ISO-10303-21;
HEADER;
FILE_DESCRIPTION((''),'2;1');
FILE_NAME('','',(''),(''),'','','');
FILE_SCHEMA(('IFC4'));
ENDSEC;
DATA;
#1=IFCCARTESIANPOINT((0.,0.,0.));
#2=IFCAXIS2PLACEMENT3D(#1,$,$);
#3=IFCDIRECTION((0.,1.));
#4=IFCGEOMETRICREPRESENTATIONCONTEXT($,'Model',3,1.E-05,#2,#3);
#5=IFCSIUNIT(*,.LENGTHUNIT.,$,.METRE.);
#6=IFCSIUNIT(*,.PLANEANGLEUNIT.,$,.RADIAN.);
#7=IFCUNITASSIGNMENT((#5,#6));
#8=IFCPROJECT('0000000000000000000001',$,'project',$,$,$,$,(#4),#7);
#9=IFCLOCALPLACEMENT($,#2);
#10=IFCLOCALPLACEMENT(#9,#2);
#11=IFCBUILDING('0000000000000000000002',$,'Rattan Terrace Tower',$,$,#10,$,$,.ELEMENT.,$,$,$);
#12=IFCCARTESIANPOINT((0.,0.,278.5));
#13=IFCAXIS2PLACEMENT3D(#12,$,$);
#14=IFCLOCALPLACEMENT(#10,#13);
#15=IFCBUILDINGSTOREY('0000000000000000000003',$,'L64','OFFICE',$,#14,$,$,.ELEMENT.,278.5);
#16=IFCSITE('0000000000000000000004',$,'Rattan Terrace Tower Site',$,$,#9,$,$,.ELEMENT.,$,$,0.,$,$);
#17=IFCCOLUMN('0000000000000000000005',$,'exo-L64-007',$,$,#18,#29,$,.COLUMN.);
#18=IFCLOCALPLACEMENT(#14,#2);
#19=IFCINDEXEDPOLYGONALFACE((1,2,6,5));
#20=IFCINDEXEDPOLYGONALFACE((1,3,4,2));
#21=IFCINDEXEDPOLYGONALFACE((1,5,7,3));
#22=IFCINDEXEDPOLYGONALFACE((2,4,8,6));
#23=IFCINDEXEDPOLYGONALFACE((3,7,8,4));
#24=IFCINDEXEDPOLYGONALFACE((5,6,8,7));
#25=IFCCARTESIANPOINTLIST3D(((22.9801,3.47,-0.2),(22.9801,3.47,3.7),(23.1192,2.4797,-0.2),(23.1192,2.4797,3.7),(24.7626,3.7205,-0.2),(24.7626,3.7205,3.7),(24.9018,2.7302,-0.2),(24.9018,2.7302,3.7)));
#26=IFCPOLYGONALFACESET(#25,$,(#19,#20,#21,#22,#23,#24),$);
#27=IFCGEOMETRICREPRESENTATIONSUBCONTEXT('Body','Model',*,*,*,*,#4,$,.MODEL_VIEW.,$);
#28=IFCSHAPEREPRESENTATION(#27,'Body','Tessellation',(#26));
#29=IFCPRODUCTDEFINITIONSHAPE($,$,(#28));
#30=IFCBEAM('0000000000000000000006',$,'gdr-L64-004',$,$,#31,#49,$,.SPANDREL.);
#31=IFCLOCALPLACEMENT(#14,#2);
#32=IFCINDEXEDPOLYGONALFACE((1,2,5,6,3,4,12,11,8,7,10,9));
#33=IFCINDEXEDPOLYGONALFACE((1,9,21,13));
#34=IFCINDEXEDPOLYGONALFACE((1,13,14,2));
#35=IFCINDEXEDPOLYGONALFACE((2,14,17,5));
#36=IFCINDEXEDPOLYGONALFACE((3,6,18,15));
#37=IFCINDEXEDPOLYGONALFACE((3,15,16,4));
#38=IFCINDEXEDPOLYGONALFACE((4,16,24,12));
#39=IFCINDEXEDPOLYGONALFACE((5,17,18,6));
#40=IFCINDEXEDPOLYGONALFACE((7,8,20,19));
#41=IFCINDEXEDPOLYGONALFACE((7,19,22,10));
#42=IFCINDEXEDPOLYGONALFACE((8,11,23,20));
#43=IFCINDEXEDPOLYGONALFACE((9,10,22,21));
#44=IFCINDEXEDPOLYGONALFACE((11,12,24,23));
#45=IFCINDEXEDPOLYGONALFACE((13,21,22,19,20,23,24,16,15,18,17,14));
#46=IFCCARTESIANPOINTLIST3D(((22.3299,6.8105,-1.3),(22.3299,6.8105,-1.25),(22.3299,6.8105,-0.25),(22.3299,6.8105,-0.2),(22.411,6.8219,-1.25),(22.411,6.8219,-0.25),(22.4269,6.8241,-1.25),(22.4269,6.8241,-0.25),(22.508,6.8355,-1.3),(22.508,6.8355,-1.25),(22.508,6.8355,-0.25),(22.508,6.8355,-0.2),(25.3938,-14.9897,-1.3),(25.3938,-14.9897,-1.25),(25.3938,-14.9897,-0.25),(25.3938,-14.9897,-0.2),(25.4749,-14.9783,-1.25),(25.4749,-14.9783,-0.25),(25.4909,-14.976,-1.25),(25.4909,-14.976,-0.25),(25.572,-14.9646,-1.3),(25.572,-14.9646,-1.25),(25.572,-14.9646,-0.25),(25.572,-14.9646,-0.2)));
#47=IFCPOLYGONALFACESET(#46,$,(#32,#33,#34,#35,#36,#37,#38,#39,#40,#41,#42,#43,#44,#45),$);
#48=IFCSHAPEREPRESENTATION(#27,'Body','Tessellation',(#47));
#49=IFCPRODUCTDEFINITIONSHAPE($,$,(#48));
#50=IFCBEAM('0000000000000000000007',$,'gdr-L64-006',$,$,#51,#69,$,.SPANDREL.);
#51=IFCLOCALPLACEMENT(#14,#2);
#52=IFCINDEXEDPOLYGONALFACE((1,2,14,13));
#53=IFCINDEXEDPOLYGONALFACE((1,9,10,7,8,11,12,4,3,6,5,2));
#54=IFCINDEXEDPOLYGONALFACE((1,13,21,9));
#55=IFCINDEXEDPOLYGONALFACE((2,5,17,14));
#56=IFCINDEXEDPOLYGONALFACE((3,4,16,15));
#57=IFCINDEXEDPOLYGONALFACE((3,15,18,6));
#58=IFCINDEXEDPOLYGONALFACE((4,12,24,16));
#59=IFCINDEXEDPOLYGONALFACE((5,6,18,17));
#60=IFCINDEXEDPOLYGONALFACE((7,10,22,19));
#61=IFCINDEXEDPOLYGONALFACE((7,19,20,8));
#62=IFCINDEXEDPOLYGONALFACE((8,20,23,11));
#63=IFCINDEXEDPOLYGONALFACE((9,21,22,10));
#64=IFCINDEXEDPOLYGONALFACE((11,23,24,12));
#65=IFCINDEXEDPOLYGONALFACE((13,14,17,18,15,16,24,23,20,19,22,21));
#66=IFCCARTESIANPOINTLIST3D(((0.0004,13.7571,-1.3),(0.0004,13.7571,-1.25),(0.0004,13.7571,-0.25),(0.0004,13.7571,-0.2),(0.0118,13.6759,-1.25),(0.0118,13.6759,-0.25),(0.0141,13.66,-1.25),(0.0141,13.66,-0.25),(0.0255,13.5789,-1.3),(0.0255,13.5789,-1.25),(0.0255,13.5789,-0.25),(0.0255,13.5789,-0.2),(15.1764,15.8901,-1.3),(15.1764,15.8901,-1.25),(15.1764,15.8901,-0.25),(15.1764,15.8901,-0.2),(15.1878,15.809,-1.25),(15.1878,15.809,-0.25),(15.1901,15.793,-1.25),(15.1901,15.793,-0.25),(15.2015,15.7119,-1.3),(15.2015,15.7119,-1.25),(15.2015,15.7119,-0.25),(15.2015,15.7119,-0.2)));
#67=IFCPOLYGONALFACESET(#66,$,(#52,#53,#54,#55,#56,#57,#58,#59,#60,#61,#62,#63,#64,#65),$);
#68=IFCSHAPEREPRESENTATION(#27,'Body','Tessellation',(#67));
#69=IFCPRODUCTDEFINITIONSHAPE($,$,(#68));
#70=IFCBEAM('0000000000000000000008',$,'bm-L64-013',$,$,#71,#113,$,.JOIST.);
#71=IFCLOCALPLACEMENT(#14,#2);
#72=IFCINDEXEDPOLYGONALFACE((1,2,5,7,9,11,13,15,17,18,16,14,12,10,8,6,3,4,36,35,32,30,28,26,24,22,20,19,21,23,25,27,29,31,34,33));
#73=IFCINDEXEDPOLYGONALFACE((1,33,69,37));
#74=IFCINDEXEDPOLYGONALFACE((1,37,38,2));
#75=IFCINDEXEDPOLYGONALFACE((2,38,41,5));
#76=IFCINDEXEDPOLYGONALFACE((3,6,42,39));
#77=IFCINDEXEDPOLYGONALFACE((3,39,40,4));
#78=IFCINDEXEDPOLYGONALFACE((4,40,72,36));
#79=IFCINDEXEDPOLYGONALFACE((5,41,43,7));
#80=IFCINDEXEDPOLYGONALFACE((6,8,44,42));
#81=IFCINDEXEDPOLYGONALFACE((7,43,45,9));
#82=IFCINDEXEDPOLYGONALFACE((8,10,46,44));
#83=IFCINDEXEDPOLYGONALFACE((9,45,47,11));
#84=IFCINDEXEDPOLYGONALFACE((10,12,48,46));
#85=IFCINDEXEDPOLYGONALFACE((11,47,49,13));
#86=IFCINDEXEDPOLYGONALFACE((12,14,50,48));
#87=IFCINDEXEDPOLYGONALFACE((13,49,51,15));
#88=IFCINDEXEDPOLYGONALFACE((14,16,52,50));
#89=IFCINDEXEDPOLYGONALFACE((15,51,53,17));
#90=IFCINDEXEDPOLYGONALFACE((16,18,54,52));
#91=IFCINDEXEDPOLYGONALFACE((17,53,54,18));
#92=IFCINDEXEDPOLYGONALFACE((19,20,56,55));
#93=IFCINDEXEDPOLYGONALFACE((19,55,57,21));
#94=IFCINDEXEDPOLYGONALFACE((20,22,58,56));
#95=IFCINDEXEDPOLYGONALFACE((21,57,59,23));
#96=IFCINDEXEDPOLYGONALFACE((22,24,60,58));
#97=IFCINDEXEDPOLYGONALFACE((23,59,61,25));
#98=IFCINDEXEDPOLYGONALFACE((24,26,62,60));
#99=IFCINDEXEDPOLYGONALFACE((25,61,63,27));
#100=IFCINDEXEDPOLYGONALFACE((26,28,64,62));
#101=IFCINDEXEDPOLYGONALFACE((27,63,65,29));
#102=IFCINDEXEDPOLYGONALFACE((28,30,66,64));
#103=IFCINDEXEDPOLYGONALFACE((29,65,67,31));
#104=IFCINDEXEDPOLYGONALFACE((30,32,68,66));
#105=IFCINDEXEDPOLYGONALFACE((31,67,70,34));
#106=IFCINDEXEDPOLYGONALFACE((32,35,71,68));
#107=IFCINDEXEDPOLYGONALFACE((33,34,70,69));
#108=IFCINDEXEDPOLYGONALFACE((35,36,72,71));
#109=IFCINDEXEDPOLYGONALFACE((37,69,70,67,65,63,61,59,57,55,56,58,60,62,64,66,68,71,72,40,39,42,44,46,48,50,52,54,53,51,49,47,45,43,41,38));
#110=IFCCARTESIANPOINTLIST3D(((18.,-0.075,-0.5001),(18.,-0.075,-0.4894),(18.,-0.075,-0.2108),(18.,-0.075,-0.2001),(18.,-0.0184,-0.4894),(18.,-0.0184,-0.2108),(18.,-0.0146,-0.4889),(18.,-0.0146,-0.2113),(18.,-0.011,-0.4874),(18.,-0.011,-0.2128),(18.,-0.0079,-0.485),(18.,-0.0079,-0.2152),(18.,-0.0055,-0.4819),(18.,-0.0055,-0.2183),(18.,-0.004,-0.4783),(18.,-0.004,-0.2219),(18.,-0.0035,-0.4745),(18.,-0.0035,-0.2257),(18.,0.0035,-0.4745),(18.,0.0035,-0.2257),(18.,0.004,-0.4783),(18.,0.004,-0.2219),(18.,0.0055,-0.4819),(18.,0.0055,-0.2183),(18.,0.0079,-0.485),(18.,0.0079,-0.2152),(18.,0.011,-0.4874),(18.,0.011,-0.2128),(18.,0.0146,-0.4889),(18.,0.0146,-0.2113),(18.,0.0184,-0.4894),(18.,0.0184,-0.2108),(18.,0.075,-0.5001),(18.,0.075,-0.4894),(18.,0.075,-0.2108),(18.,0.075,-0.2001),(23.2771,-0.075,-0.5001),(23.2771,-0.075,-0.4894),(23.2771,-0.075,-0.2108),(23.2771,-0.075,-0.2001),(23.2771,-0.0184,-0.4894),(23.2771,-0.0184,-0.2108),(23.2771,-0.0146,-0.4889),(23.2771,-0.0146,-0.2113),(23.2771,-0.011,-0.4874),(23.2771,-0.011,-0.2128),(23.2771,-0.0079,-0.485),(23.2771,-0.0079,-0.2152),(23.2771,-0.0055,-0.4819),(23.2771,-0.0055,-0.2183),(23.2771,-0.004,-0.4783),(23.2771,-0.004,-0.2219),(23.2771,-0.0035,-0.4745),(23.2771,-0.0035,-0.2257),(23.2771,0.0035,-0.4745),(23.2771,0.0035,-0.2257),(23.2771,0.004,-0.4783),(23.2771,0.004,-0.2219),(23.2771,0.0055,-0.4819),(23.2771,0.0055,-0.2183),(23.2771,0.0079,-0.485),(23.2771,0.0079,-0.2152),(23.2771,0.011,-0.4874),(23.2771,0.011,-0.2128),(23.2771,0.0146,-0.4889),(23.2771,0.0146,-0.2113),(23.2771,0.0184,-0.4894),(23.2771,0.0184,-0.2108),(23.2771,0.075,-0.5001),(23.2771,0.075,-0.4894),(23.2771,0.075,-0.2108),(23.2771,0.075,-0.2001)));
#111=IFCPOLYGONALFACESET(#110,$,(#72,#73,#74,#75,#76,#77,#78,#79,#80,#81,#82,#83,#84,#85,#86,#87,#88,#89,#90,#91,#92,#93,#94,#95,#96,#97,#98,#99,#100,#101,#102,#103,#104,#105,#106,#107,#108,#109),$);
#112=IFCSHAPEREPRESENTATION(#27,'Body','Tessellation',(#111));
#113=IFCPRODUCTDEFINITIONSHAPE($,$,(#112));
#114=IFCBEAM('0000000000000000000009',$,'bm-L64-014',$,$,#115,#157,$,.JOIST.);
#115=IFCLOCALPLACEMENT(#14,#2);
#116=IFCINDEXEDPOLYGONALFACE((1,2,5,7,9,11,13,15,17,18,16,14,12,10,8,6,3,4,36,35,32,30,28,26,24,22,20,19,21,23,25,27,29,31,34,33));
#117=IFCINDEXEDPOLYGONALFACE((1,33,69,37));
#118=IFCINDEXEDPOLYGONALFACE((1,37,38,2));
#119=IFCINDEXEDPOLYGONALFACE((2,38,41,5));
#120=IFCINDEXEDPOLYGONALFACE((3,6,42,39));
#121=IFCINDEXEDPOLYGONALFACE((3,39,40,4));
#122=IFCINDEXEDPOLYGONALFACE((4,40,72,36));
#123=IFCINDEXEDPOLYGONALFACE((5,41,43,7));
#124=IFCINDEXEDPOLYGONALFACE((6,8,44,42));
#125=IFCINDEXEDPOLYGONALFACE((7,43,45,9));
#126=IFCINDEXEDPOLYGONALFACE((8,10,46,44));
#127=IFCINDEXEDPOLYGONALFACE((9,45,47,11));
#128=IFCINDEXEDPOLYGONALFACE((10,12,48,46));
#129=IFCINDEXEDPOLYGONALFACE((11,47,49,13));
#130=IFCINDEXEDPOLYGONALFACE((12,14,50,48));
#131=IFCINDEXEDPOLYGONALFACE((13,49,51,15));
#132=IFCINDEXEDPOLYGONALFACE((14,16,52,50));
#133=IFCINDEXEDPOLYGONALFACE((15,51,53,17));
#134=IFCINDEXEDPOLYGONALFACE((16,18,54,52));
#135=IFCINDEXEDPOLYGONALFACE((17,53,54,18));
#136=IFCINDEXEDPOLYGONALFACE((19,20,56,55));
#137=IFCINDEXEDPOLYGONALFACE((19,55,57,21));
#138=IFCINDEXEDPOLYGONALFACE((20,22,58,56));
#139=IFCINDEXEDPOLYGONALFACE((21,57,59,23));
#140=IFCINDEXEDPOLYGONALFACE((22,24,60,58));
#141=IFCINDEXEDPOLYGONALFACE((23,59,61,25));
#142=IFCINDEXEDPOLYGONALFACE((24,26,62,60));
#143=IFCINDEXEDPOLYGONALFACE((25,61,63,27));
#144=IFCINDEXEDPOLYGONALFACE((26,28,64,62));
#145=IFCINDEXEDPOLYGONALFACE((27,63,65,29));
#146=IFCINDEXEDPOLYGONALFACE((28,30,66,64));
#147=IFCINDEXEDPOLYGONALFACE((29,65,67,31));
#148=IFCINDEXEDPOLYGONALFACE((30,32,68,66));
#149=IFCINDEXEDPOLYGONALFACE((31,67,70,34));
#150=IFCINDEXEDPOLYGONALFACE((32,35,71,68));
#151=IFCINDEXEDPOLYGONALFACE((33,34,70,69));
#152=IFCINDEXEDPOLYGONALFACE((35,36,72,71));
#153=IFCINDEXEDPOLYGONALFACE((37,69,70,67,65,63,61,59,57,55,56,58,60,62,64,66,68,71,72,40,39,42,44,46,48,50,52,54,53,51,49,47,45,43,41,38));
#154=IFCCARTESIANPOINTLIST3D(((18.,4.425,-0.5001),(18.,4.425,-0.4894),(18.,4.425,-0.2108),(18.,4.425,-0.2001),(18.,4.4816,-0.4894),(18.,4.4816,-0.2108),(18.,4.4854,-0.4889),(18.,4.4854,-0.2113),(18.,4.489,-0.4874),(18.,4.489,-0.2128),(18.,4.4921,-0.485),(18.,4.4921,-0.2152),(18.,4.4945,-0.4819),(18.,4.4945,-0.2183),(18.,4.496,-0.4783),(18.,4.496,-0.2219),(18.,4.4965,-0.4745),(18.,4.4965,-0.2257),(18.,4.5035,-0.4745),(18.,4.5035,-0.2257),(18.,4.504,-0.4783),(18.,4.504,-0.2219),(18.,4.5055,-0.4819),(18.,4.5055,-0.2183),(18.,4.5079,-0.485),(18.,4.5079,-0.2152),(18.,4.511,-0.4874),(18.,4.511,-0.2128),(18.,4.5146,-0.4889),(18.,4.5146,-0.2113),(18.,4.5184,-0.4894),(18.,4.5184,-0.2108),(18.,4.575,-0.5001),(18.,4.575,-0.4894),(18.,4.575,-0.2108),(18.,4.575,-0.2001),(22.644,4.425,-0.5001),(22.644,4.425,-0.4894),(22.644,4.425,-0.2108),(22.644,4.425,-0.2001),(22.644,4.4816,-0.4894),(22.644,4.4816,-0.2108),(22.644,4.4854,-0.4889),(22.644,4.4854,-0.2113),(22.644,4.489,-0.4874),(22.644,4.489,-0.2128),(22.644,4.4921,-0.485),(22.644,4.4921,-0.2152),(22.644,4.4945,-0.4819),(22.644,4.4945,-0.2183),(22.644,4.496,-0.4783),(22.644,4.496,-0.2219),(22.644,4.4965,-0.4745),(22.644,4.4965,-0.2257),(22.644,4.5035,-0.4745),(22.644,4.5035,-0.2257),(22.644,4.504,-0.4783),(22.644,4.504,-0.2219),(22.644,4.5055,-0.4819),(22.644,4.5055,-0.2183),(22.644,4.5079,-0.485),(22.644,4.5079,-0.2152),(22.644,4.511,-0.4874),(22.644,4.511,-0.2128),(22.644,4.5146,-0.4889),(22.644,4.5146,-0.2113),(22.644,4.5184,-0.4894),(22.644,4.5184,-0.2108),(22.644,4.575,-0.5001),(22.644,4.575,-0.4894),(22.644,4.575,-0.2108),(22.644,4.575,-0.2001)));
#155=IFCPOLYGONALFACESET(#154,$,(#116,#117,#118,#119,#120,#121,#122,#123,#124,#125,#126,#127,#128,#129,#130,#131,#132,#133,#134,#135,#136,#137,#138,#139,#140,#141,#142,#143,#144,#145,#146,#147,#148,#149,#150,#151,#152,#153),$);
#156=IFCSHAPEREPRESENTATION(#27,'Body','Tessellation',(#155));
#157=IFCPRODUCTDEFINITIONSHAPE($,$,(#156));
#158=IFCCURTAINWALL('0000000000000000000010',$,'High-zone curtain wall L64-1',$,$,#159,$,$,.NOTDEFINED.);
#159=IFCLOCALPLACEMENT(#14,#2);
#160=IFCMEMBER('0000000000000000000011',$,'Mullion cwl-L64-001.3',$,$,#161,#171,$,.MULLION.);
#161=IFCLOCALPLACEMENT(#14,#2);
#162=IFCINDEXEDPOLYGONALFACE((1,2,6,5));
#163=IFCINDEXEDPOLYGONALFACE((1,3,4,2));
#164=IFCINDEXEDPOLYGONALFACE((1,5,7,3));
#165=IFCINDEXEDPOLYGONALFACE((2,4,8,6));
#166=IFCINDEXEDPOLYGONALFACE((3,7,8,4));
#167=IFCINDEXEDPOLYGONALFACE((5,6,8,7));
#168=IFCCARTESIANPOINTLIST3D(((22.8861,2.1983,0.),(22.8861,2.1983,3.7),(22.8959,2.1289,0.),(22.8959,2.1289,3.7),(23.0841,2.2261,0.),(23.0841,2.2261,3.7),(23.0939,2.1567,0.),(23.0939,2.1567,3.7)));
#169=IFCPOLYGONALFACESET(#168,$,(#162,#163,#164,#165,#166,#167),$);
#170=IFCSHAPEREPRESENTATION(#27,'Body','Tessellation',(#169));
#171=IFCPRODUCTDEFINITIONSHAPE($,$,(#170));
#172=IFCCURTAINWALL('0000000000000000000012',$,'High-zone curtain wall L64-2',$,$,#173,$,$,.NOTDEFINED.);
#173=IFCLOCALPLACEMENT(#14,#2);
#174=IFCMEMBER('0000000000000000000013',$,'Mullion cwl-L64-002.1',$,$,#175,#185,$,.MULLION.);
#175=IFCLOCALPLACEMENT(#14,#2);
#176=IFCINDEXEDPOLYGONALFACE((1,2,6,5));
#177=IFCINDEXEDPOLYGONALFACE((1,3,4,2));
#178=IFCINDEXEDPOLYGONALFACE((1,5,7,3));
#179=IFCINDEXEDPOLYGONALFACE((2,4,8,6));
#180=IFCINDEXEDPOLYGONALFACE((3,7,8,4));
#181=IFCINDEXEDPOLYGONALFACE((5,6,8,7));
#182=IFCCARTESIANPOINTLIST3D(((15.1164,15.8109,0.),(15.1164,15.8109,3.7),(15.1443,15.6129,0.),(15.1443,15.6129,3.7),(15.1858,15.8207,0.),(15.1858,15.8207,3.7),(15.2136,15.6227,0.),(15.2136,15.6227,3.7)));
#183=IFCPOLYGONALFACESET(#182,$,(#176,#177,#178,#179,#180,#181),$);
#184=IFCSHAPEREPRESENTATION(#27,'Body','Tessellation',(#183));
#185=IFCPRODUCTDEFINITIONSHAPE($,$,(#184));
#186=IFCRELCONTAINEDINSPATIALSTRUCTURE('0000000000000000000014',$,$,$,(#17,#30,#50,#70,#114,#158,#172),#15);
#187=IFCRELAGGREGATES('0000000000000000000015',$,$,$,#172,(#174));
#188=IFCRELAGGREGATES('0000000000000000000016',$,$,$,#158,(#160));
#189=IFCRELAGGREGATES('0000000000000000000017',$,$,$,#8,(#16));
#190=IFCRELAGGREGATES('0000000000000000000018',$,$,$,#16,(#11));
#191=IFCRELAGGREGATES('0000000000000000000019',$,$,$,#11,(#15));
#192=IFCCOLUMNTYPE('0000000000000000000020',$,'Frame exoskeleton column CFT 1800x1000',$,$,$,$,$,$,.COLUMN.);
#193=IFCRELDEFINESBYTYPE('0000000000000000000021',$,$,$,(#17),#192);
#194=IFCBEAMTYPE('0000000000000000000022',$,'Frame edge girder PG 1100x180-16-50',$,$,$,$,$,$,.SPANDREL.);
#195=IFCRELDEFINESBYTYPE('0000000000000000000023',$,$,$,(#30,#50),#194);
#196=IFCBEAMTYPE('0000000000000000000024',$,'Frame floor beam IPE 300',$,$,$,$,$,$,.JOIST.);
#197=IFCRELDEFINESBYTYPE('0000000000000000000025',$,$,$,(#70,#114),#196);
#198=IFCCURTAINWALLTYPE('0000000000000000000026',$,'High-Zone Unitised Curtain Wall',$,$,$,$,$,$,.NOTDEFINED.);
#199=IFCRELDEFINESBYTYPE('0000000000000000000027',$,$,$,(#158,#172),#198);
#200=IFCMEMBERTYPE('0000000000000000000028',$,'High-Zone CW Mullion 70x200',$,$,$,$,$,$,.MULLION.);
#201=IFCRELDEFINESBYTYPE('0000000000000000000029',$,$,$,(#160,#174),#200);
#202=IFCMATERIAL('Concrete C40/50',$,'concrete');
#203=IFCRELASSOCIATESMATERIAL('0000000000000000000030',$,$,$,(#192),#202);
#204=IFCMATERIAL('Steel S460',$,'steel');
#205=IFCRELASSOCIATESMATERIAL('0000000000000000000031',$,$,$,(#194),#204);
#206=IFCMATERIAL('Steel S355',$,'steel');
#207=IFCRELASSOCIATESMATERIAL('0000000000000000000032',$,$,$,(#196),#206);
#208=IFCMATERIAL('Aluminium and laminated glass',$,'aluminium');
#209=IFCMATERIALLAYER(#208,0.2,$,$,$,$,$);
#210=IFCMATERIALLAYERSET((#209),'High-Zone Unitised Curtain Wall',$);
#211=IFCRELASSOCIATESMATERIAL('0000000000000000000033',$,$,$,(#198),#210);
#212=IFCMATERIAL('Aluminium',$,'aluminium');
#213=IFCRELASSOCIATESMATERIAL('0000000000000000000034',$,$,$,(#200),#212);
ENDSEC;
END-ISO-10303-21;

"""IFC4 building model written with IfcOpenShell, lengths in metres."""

from ifc_helpers import new_model, si_unit, direction, frame, origin, origin_2d, place, context, subcontext, project, spatial, rectangle, i_section, extrude, material, layer, layer_set, material_profile, profile_set, type_object, element, aggregate, save


model = new_model("IFC4")

# Units and contexts
model_context = context("Model", 3, precision=1e-05, world=origin(), true_north=direction((0.0, 1.0)))
body_context = subcontext(model_context, "Body", "Model", "MODEL_VIEW")
ifc_project = project(units=[si_unit("LENGTHUNIT", "METRE"), si_unit("PLANEANGLEUNIT", "RADIAN")], contexts=[model_context])

# Site, building, storey
site_placement = place(None, origin())
site = spatial("IfcSite", under=ifc_project, at=site_placement, Name="Rattan Terrace Tower Site", CompositionType="ELEMENT", RefElevation=0.0)
building_placement = place(site_placement, origin())
building = spatial("IfcBuilding", under=site, at=building_placement, Name="Rattan Terrace Tower", CompositionType="ELEMENT")
storey_placement = place(building_placement, frame((0.0, 0.0, 278.5)))
storey = spatial("IfcBuildingStorey", under=building, at=storey_placement, Name="L64", Description="OFFICE", CompositionType="ELEMENT", Elevation=278.5)

# Column
ifc_material_1 = material(Name="Concrete C40/50", Category="concrete")
ifc_material_profile_1 = material_profile(ifc_material_1, rectangle(XDim=1.0, YDim=1.8, at=origin_2d()), Name="CFT 1800x1000")
ifc_profile_set_1 = profile_set([ifc_material_profile_1], Name="Concrete C40/50")
column_type = type_object("IfcColumnType", Name="Frame exoskeleton column CFT 1800x1000", PredefinedType="COLUMN", material=ifc_profile_set_1)
column_placement = place(storey_placement, frame((23.9409, 3.1001, -0.2), z_axis=(0.0, 0.0, 1.0), x_axis=(-0.13919, 0.990266, 0.0)))
element("IfcColumn", 1, at=column_placement, inside=storey, type_object=column_type, Name="exo-L64-007", PredefinedType="COLUMN", context=body_context, shape_type="SweptSolid", body=[
    extrude(rectangle(XDim=1.0, YDim=1.8, at=origin_2d()), origin(), (0.0, 0.0, 1.0), 3.8999),
])

# Beams
ifc_material_2 = material(Name="Steel S460", Category="steel")
ifc_material_profile_2 = material_profile(ifc_material_2, i_section(OverallWidth=0.1799, OverallDepth=1.1001, WebThickness=0.0161, FlangeThickness=0.05, at=origin_2d()), Name="PG 1100x180-16-50")
ifc_profile_set_2 = profile_set([ifc_material_profile_2], Name="Steel S460")
beam_type_1 = type_object("IfcBeamType", Name="Frame edge girder PG 1100x180-16-50", PredefinedType="SPANDREL", material=ifc_profile_set_2)
beam_1_placement = place(storey_placement, frame((22.4189, 6.823, -0.75), z_axis=(0.139181, -0.990267, 0.0), x_axis=(0.990267, 0.139181, 0.0)))
element("IfcBeam", 2, at=beam_1_placement, inside=storey, type_object=beam_type_1, Name="gdr-L64-004", PredefinedType="SPANDREL", context=body_context, shape_type="SweptSolid", body=[
    extrude(i_section(OverallWidth=0.1799, OverallDepth=1.1001, WebThickness=0.0161, FlangeThickness=0.05, at=origin_2d()), origin(), (0.0, 0.0, 1.0), 22.0144),
])
beam_2_placement = place(storey_placement, frame((15.189, 15.801, -0.75), z_axis=(-0.990266, -0.139186, 0.0), x_axis=(0.139186, -0.990266, 0.0)))
element("IfcBeam", 3, at=beam_2_placement, inside=storey, type_object=beam_type_1, Name="gdr-L64-006", PredefinedType="SPANDREL", context=body_context, shape_type="SweptSolid", body=[
    extrude(i_section(OverallWidth=0.1799, OverallDepth=1.1001, WebThickness=0.0161, FlangeThickness=0.05, at=origin_2d()), origin(), (0.0, 0.0, 1.0), 15.3252),
])
ifc_material_3 = material(Name="Steel S355", Category="steel")
ifc_material_profile_3 = material_profile(ifc_material_3, i_section(OverallWidth=0.1499, OverallDepth=0.3, WebThickness=0.0071, FlangeThickness=0.0107, FilletRadius=0.0149, at=origin_2d()), Name="IPE 300")
ifc_profile_set_3 = profile_set([ifc_material_profile_3], Name="Steel S355")
beam_type_2 = type_object("IfcBeamType", Name="Frame floor beam IPE 300", PredefinedType="JOIST", material=ifc_profile_set_3)
beam_3_placement = place(storey_placement, frame((18.0, 0.0, -0.3501), z_axis=(1.0, 0.0, 0.0), x_axis=(0.0, 1.0, 0.0)))
element("IfcBeam", 4, at=beam_3_placement, inside=storey, type_object=beam_type_2, Name="bm-L64-013", PredefinedType="JOIST", context=body_context, shape_type="SweptSolid", body=[
    extrude(i_section(OverallWidth=0.1499, OverallDepth=0.3, WebThickness=0.0071, FlangeThickness=0.0107, FilletRadius=0.0149, at=origin_2d()), origin(), (0.0, 0.0, 1.0), 5.2771),
])
beam_4_placement = place(storey_placement, frame((18.0, 4.5, -0.3501), z_axis=(1.0, 0.0, 0.0), x_axis=(0.0, 1.0, 0.0)))
element("IfcBeam", 5, at=beam_4_placement, inside=storey, type_object=beam_type_2, Name="bm-L64-014", PredefinedType="JOIST", context=body_context, shape_type="SweptSolid", body=[
    extrude(i_section(OverallWidth=0.1499, OverallDepth=0.3, WebThickness=0.0071, FlangeThickness=0.0107, FilletRadius=0.0149, at=origin_2d()), origin(), (0.0, 0.0, 1.0), 4.644),
])

# Curtain walls, members
ifc_material_4 = material(Name="Aluminium and laminated glass", Category="aluminium")
ifc_layer_1 = layer(ifc_material_4, 0.2)
ifc_layer_set_1 = layer_set([ifc_layer_1], Name="High-Zone Unitised Curtain Wall")
curtain_wall_type = type_object("IfcCurtainWallType", Name="High-Zone Unitised Curtain Wall", PredefinedType="NOTDEFINED", material=ifc_layer_set_1)
curtain_wall_1_placement = place(storey_placement, origin())
curtain_wall_1 = element("IfcCurtainWall", 6, at=curtain_wall_1_placement, inside=storey, type_object=curtain_wall_type, Name="High-zone curtain wall L64-1", PredefinedType="NOTDEFINED")
ifc_material_5 = material(Name="Aluminium", Category="aluminium")
ifc_material_profile_4 = material_profile(ifc_material_5, rectangle(XDim=0.0701, YDim=0.2, at=origin_2d()), Name="Aluminium 70x200")
ifc_profile_set_4 = profile_set([ifc_material_profile_4], Name="Aluminium")
member_type_1 = type_object("IfcMemberType", Name="High-Zone CW Mullion 70x200", PredefinedType="MULLION", material=ifc_profile_set_4)
member_1_placement = place(storey_placement, frame((22.99, 2.1775, 0.0), z_axis=(0.0, 0.0, 1.0), x_axis=(-0.139192, 0.990265, 0.0)))
member_1 = element("IfcMember", 7, at=member_1_placement, type_object=member_type_1, Name="Mullion cwl-L64-001.3", PredefinedType="MULLION", context=body_context, shape_type="SweptSolid", body=[
    extrude(rectangle(XDim=0.0701, YDim=0.2, at=origin_2d()), origin(), (0.0, 0.0, 1.0), 3.7),
])
curtain_wall_2_placement = place(storey_placement, origin())
curtain_wall_2 = element("IfcCurtainWall", 8, at=curtain_wall_2_placement, inside=storey, type_object=curtain_wall_type, Name="High-zone curtain wall L64-2", PredefinedType="NOTDEFINED")
member_2_placement = place(storey_placement, frame((15.165, 15.7168, 0.0), z_axis=(0.0, 0.0, 1.0), x_axis=(-0.990266, -0.139189, 0.0)))
member_2 = element("IfcMember", 9, at=member_2_placement, type_object=member_type_1, Name="Mullion cwl-L64-002.1", PredefinedType="MULLION", context=body_context, shape_type="SweptSolid", body=[
    extrude(rectangle(XDim=0.0701, YDim=0.2, at=origin_2d()), origin(), (0.0, 0.0, 1.0), 3.7),
])

aggregate(curtain_wall_2, [member_2])

aggregate(curtain_wall_1, [member_1])

save(model, "model.ifc")
